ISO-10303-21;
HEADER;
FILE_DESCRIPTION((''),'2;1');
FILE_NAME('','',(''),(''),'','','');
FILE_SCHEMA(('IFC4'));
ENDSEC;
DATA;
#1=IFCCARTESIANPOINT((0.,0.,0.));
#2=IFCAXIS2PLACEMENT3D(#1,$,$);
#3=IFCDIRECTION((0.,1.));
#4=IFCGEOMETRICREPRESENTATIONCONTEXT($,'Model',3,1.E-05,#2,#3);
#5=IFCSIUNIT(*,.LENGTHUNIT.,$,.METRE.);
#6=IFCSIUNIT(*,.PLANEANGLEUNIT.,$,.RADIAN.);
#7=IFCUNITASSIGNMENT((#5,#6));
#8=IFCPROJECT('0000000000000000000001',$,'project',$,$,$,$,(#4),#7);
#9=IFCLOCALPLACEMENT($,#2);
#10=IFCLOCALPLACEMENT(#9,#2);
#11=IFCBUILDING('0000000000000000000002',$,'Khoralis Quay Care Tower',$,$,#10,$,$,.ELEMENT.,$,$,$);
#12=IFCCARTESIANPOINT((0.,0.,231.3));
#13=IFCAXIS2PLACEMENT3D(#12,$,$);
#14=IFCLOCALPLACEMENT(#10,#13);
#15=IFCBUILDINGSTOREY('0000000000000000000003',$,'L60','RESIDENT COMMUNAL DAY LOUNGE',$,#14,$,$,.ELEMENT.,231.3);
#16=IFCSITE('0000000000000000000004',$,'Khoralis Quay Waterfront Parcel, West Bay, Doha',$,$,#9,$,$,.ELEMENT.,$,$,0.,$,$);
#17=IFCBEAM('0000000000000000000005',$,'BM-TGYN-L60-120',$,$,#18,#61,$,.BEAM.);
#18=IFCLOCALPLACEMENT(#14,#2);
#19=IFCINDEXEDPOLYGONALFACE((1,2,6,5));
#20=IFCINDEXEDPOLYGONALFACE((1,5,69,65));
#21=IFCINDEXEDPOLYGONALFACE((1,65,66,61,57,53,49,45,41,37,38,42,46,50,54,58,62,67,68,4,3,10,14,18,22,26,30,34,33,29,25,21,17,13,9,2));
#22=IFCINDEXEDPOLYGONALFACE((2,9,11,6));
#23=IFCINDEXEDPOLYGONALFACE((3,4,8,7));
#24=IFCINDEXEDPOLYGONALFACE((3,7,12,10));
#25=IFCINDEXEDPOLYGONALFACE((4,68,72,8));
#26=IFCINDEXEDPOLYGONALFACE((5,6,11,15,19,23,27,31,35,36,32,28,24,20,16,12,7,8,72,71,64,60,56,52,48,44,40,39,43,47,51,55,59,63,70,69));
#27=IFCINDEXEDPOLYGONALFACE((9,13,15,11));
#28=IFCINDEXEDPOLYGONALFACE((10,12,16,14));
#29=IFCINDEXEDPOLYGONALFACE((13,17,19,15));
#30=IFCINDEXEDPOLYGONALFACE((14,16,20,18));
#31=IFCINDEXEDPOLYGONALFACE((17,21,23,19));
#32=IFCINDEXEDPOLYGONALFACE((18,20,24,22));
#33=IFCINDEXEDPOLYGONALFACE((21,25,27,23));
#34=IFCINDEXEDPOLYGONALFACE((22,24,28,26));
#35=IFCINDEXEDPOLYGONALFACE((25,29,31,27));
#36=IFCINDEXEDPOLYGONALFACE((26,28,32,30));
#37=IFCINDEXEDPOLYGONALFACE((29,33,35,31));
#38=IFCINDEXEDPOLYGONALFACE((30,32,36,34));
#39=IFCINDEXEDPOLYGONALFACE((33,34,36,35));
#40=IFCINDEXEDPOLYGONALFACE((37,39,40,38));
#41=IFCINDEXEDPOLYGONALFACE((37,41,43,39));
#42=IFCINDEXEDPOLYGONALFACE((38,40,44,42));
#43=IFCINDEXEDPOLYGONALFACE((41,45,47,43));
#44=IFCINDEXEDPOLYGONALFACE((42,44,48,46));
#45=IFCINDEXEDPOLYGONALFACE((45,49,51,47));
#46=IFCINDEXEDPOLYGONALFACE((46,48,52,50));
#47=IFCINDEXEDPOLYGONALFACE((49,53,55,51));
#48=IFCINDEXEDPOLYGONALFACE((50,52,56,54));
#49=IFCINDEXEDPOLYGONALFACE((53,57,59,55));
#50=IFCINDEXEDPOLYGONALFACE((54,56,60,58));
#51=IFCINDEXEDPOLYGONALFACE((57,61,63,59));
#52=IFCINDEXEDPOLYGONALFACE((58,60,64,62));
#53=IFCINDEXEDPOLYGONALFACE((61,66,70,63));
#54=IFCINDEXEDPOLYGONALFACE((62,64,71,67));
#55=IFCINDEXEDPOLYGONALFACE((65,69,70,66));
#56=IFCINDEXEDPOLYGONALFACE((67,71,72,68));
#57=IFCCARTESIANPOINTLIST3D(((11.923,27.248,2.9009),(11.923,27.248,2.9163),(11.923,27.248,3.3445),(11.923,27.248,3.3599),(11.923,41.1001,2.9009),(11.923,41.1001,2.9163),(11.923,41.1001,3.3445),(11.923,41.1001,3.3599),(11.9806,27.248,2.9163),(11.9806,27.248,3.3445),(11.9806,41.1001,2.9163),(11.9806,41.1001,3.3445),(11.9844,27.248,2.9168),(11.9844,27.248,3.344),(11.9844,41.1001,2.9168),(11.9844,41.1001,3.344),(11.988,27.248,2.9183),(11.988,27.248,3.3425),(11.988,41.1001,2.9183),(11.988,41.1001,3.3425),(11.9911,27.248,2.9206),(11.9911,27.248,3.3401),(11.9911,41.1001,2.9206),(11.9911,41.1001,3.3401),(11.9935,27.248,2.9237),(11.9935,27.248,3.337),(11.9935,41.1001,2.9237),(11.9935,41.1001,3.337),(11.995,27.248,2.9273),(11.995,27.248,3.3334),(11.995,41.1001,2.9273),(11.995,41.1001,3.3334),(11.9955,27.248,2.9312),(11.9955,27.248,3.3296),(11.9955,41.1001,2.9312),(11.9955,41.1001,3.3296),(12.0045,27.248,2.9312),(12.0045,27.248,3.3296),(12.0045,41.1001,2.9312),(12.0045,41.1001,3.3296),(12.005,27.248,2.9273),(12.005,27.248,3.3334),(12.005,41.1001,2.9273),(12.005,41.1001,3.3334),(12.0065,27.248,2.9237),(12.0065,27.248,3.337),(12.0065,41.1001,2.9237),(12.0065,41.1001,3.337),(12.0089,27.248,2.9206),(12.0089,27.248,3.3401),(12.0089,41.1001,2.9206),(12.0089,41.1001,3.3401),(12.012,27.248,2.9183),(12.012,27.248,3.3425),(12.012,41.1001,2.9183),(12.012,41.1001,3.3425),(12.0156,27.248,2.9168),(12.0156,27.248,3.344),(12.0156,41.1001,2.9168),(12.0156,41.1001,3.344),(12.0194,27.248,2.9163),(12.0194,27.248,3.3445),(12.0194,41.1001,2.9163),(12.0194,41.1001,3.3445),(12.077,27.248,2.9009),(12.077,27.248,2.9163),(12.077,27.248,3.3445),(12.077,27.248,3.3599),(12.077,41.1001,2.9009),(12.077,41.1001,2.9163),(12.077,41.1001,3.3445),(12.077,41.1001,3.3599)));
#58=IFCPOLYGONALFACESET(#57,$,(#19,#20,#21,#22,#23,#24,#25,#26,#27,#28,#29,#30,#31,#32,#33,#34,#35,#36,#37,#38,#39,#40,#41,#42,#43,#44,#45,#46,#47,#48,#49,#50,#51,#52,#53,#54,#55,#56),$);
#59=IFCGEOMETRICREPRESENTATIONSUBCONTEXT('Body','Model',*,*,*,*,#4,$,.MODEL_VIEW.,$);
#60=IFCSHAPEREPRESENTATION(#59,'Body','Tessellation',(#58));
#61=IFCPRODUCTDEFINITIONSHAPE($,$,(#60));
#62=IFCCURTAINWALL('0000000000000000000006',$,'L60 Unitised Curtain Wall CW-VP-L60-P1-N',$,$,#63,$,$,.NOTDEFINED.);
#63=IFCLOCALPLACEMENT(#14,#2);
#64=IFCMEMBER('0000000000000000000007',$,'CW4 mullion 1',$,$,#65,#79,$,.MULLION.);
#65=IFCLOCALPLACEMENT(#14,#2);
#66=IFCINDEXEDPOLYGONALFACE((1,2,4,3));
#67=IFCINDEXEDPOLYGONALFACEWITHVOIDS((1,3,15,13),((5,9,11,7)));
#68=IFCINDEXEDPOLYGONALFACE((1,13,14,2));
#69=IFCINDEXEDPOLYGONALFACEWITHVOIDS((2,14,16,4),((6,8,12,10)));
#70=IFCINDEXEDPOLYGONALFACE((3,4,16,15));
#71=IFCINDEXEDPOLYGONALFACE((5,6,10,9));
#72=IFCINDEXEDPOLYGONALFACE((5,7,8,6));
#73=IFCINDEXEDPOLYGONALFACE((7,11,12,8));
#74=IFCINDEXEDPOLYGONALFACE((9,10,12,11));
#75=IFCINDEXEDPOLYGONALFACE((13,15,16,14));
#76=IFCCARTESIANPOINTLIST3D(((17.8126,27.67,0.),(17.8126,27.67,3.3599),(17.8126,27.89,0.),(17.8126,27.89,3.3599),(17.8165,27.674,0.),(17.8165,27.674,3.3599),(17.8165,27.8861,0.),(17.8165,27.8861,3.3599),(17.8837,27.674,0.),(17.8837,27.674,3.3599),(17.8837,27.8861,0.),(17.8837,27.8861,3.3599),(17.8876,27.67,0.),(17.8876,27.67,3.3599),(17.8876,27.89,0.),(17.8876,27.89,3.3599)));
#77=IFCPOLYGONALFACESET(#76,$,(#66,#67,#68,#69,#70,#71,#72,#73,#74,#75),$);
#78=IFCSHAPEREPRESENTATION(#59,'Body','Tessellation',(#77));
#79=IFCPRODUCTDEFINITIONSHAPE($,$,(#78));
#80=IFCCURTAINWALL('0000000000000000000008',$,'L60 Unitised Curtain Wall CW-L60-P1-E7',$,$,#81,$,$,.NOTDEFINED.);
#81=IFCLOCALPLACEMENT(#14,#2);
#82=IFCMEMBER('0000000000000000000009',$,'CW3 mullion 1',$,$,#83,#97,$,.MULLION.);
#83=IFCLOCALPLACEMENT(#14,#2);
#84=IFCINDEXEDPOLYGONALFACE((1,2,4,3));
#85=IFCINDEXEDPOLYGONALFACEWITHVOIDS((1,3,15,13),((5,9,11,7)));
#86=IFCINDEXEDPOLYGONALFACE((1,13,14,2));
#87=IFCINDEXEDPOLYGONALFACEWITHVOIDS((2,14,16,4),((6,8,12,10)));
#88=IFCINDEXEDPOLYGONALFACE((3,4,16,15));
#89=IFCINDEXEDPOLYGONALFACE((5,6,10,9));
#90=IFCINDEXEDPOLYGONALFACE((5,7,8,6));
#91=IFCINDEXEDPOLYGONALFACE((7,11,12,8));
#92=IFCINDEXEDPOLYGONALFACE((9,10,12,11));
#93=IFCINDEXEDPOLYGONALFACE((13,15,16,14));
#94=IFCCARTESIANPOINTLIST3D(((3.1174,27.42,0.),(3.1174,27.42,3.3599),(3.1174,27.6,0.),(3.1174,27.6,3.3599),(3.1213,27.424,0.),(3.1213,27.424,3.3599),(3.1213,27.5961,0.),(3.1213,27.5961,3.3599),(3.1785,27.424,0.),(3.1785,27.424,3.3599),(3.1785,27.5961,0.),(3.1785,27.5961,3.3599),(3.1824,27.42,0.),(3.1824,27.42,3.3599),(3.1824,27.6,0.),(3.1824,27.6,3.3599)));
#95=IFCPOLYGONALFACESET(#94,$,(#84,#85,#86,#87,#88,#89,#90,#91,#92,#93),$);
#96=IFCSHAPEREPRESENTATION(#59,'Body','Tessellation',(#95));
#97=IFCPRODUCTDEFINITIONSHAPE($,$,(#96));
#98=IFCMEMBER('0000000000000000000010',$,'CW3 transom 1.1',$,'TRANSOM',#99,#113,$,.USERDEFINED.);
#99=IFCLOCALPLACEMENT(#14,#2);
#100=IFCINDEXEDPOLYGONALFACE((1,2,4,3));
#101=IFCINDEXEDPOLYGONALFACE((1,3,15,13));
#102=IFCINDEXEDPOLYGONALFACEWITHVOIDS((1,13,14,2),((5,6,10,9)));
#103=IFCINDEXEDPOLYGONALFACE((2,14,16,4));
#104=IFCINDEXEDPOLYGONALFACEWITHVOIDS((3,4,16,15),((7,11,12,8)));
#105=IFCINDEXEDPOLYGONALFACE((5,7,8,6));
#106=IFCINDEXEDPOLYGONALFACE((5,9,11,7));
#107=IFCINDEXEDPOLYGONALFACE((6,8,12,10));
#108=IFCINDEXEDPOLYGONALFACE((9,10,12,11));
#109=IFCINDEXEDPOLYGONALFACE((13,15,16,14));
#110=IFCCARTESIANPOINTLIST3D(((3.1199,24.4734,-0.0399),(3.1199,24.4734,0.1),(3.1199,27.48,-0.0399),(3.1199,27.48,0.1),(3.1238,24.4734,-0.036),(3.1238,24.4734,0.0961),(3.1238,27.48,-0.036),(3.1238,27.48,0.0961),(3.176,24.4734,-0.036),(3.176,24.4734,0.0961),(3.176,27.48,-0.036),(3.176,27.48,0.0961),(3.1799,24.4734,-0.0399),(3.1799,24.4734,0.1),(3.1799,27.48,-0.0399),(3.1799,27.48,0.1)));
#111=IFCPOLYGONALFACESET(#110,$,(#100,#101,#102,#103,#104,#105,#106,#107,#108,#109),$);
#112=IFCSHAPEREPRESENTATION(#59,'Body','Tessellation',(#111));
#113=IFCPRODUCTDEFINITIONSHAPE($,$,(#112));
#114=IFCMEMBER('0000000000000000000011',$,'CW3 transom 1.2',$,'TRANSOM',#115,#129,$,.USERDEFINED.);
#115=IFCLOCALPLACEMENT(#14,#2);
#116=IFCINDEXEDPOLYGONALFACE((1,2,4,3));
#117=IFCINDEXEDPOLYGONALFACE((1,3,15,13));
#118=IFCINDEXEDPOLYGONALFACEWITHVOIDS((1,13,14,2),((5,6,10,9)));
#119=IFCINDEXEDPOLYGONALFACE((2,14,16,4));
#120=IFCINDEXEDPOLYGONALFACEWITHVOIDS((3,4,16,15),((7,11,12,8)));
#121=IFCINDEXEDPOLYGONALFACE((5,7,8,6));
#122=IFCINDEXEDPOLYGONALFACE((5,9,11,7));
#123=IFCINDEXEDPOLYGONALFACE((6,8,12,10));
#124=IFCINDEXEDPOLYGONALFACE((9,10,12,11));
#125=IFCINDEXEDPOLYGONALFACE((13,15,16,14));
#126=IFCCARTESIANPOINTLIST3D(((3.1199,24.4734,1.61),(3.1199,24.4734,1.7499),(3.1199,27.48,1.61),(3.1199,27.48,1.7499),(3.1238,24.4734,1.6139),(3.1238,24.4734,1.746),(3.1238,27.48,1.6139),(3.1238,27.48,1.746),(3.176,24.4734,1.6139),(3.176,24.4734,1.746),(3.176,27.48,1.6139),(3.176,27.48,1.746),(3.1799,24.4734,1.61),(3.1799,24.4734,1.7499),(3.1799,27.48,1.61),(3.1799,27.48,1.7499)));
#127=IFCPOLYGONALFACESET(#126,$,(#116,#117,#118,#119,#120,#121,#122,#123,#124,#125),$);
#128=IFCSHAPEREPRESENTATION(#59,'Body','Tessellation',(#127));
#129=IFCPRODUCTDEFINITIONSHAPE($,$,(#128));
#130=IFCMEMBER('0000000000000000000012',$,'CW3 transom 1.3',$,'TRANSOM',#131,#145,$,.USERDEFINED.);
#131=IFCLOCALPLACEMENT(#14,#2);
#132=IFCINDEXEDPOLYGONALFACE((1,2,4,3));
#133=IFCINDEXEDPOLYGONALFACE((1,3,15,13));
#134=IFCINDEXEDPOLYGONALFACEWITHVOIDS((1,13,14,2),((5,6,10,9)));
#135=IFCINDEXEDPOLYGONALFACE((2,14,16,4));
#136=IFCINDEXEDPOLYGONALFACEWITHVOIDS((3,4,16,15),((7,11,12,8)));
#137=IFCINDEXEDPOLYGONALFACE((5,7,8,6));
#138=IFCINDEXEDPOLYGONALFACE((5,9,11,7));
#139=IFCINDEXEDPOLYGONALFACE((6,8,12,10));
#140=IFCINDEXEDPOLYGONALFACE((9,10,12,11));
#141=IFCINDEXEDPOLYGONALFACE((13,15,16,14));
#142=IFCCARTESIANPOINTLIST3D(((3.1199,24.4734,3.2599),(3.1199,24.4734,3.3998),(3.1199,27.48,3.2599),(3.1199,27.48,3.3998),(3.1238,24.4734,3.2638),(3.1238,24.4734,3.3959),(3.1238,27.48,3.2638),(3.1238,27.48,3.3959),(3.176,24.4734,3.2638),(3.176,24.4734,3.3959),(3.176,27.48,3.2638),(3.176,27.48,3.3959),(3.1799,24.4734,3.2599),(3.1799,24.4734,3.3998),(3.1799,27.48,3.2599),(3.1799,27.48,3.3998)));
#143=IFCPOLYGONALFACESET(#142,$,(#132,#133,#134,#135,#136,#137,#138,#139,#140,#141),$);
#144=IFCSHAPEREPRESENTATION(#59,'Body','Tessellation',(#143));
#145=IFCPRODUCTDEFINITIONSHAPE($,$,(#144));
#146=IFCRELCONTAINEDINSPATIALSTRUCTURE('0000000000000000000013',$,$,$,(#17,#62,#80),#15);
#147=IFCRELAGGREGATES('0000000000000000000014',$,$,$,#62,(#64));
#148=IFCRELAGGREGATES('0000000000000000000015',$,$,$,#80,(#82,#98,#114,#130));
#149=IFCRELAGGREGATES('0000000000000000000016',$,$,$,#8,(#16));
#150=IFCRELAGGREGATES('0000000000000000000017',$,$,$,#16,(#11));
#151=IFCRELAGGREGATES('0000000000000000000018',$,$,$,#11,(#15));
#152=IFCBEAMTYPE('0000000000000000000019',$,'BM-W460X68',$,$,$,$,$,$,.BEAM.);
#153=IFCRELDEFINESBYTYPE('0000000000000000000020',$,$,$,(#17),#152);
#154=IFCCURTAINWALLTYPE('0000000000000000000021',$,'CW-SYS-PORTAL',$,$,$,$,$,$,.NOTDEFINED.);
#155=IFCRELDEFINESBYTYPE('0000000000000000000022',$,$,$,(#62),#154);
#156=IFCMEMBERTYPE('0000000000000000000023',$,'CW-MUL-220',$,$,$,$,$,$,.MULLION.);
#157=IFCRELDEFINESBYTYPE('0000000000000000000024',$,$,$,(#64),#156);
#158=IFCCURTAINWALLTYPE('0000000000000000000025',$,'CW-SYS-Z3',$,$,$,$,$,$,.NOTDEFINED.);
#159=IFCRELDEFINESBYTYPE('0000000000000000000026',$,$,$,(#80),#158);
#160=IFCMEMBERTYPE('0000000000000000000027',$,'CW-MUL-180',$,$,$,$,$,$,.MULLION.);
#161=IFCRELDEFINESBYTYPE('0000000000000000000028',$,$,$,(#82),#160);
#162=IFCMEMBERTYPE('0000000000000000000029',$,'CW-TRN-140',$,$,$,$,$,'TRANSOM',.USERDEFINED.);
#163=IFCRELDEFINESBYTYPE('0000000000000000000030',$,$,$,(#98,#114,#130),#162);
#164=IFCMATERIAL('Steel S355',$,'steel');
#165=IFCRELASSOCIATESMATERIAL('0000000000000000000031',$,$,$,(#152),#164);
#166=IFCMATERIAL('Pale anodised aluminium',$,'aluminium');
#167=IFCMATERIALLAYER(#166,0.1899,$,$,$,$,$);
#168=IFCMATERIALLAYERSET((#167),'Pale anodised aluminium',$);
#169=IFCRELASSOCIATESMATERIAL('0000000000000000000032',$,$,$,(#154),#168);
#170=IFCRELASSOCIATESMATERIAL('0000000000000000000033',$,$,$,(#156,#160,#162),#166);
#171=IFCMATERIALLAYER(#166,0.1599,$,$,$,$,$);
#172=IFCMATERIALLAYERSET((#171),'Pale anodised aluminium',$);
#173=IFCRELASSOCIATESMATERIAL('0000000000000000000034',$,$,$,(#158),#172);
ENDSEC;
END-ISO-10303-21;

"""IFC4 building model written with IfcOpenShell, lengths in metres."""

from ifc_helpers import new_model, si_unit, direction, frame, origin, origin_2d, place, context, subcontext, project, spatial, hollow_rectangle, i_section, extrude, source, transform, mapped, material, layer, layer_set, material_profile, profile_set, type_object, element, aggregate, save


model = new_model("IFC4")

# Units and contexts
model_context = context("Model", 3, precision=1e-05, world=origin(), true_north=direction((0.0, 1.0)))
body_context = subcontext(model_context, "Body", "Model", "MODEL_VIEW")
ifc_project = project(units=[si_unit("LENGTHUNIT", "METRE"), si_unit("PLANEANGLEUNIT", "RADIAN")], contexts=[model_context])

# Site, building, storey
site_placement = place(None, origin())
site = spatial("IfcSite", under=ifc_project, at=site_placement, Name="Khoralis Quay Waterfront Parcel, West Bay, Doha", CompositionType="ELEMENT", RefElevation=0.0)
building_placement = place(site_placement, origin())
building = spatial("IfcBuilding", under=site, at=building_placement, Name="Khoralis Quay Care Tower", CompositionType="ELEMENT")
storey_placement = place(building_placement, frame((0.0, 0.0, 231.3)))
storey = spatial("IfcBuildingStorey", under=building, at=storey_placement, Name="L60", Description="RESIDENT COMMUNAL DAY LOUNGE", CompositionType="ELEMENT", Elevation=231.3)

# Beam
ifc_material_1 = material(Name="Steel S355", Category="steel")
ifc_material_profile_1 = material_profile(ifc_material_1, i_section(OverallWidth=0.1541, OverallDepth=0.459, WebThickness=0.009, FlangeThickness=0.0154, FilletRadius=0.0149, at=origin_2d()), Name="Steel S355")
ifc_profile_set_1 = profile_set([ifc_material_profile_1], Name="Steel S355")
beam_type_1 = type_object("IfcBeamType", Name="BM-W460X68", PredefinedType="BEAM", material=ifc_profile_set_1)
shared_shape_1 = source(origin(), body_context, "Body", "SweptSolid", [
    extrude(i_section(OverallWidth=0.1541, OverallDepth=0.459, WebThickness=0.009, FlangeThickness=0.0154, FilletRadius=0.0149, at=origin_2d()), origin(), (0.0, 0.0, 1.0), 13.8521),
])
beam_1_placement = place(storey_placement, frame((12.0, 27.248, 3.1304), z_axis=(0.0, 1.0, 0.0), x_axis=(-1.0, 0.0, 0.0)))
element("IfcBeam", 1, at=beam_1_placement, inside=storey, type_object=beam_type_1, Name="BM-TGYN-L60-120", PredefinedType="BEAM", context=body_context, shape_type="MappedRepresentation", body=[
    mapped(shared_shape_1, transform((0.0, 0.0, 0.0), scale=1.0)),
])

# Curtain wall, member
ifc_material_2 = material(Name="Pale anodised aluminium", Category="aluminium")
ifc_layer_1 = layer(ifc_material_2, 0.1899)
ifc_layer_set_1 = layer_set([ifc_layer_1], Name="Pale anodised aluminium")
curtain_wall_type_1 = type_object("IfcCurtainWallType", Name="CW-SYS-PORTAL", PredefinedType="NOTDEFINED", material=ifc_layer_set_1)
curtain_wall_1_placement = place(storey_placement, origin())
curtain_wall_1 = element("IfcCurtainWall", 2, at=curtain_wall_1_placement, inside=storey, type_object=curtain_wall_type_1, Name="L60 Unitised Curtain Wall CW-VP-L60-P1-N", PredefinedType="NOTDEFINED")
ifc_material_profile_2 = material_profile(ifc_material_2, hollow_rectangle(XDim=0.075, YDim=0.22, WallThickness=0.0039, at=origin_2d()), Name="Pale anodised aluminium")
ifc_profile_set_2 = profile_set([ifc_material_profile_2], Name="Pale anodised aluminium")
member_type_1 = type_object("IfcMemberType", Name="CW-MUL-220", PredefinedType="MULLION", material=ifc_profile_set_2)
shared_shape_2 = source(origin(), body_context, "Body", "SweptSolid", [
    extrude(hollow_rectangle(XDim=0.075, YDim=0.22, WallThickness=0.0039, at=origin_2d()), origin(), (0.0, 0.0, 1.0), 3.3599),
])
member_1_placement = place(storey_placement, frame((17.8501, 27.78, 0.0), z_axis=(0.0, 0.0, 1.0), x_axis=(-1.0, 0.0, 0.0)))
member_1 = element("IfcMember", 3, at=member_1_placement, type_object=member_type_1, Name="CW4 mullion 1", PredefinedType="MULLION", context=body_context, shape_type="MappedRepresentation", body=[
    mapped(shared_shape_2, transform((0.0, 0.0, 0.0), scale=1.0)),
])
aggregate(curtain_wall_1, [member_1])

# Curtain wall, members
ifc_layer_2 = layer(ifc_material_2, 0.1599)
ifc_layer_set_2 = layer_set([ifc_layer_2], Name="Pale anodised aluminium")
curtain_wall_type_2 = type_object("IfcCurtainWallType", Name="CW-SYS-Z3", PredefinedType="NOTDEFINED", material=ifc_layer_set_2)
curtain_wall_2_placement = place(storey_placement, origin())
curtain_wall_2 = element("IfcCurtainWall", 4, at=curtain_wall_2_placement, inside=storey, type_object=curtain_wall_type_2, Name="L60 Unitised Curtain Wall CW-L60-P1-E7", PredefinedType="NOTDEFINED")
ifc_material_profile_3 = material_profile(ifc_material_2, hollow_rectangle(XDim=0.0649, YDim=0.1799, WallThickness=0.0039, at=origin_2d()), Name="Pale anodised aluminium")
ifc_profile_set_3 = profile_set([ifc_material_profile_3], Name="Pale anodised aluminium")
member_type_2 = type_object("IfcMemberType", Name="CW-MUL-180", PredefinedType="MULLION", material=ifc_profile_set_3)
shared_shape_3 = source(origin(), body_context, "Body", "SweptSolid", [
    extrude(hollow_rectangle(XDim=0.0649, YDim=0.1799, WallThickness=0.0039, at=origin_2d()), origin(), (0.0, 0.0, 1.0), 3.3599),
])
member_2_placement = place(storey_placement, frame((3.1499, 27.51, 0.0), z_axis=(0.0, 0.0, 1.0), x_axis=(1.0, 0.0, 0.0)))
member_2 = element("IfcMember", 5, at=member_2_placement, type_object=member_type_2, Name="CW3 mullion 1", PredefinedType="MULLION", context=body_context, shape_type="MappedRepresentation", body=[
    mapped(shared_shape_3, transform((0.0, 0.0, 0.0), scale=1.0)),
])
ifc_material_profile_4 = material_profile(ifc_material_2, hollow_rectangle(XDim=0.0601, YDim=0.1399, WallThickness=0.0039, at=origin_2d()), Name="Pale anodised aluminium")
ifc_profile_set_4 = profile_set([ifc_material_profile_4], Name="Pale anodised aluminium")
member_type_3 = type_object("IfcMemberType", Name="CW-TRN-140", ElementType="TRANSOM", PredefinedType="USERDEFINED", material=ifc_profile_set_4)
shared_shape_4 = source(origin(), body_context, "Body", "SweptSolid", [
    extrude(hollow_rectangle(XDim=0.0601, YDim=0.1399, WallThickness=0.0039, at=origin_2d()), origin(), (0.0, 0.0, 1.0), 3.0066),
])
member_3_placement = place(storey_placement, frame((3.1499, 27.48, 0.03), z_axis=(0.0, -1.0, 0.0), x_axis=(1.0, 0.0, 0.0)))
member_3 = element("IfcMember", 6, at=member_3_placement, type_object=member_type_3, Name="CW3 transom 1.1", ObjectType="TRANSOM", PredefinedType="USERDEFINED", context=body_context, shape_type="MappedRepresentation", body=[
    mapped(shared_shape_4, transform((0.0, 0.0, 0.0), scale=1.0)),
])
member_4_placement = place(storey_placement, frame((3.1499, 27.48, 1.6799), z_axis=(0.0, -1.0, 0.0), x_axis=(1.0, 0.0, 0.0)))
member_4 = element("IfcMember", 7, at=member_4_placement, type_object=member_type_3, Name="CW3 transom 1.2", ObjectType="TRANSOM", PredefinedType="USERDEFINED", context=body_context, shape_type="MappedRepresentation", body=[
    mapped(shared_shape_4, transform((0.0, 0.0, 0.0), scale=1.0)),
])
member_5_placement = place(storey_placement, frame((3.1499, 27.48, 3.3298), z_axis=(0.0, -1.0, 0.0), x_axis=(1.0, 0.0, 0.0)))
member_5 = element("IfcMember", 8, at=member_5_placement, type_object=member_type_3, Name="CW3 transom 1.3", ObjectType="TRANSOM", PredefinedType="USERDEFINED", context=body_context, shape_type="MappedRepresentation", body=[
    mapped(shared_shape_4, transform((0.0, 0.0, 0.0), scale=1.0)),
])
aggregate(curtain_wall_2, [member_2, member_3, member_4, member_5])

save(model, "model.ifc")
